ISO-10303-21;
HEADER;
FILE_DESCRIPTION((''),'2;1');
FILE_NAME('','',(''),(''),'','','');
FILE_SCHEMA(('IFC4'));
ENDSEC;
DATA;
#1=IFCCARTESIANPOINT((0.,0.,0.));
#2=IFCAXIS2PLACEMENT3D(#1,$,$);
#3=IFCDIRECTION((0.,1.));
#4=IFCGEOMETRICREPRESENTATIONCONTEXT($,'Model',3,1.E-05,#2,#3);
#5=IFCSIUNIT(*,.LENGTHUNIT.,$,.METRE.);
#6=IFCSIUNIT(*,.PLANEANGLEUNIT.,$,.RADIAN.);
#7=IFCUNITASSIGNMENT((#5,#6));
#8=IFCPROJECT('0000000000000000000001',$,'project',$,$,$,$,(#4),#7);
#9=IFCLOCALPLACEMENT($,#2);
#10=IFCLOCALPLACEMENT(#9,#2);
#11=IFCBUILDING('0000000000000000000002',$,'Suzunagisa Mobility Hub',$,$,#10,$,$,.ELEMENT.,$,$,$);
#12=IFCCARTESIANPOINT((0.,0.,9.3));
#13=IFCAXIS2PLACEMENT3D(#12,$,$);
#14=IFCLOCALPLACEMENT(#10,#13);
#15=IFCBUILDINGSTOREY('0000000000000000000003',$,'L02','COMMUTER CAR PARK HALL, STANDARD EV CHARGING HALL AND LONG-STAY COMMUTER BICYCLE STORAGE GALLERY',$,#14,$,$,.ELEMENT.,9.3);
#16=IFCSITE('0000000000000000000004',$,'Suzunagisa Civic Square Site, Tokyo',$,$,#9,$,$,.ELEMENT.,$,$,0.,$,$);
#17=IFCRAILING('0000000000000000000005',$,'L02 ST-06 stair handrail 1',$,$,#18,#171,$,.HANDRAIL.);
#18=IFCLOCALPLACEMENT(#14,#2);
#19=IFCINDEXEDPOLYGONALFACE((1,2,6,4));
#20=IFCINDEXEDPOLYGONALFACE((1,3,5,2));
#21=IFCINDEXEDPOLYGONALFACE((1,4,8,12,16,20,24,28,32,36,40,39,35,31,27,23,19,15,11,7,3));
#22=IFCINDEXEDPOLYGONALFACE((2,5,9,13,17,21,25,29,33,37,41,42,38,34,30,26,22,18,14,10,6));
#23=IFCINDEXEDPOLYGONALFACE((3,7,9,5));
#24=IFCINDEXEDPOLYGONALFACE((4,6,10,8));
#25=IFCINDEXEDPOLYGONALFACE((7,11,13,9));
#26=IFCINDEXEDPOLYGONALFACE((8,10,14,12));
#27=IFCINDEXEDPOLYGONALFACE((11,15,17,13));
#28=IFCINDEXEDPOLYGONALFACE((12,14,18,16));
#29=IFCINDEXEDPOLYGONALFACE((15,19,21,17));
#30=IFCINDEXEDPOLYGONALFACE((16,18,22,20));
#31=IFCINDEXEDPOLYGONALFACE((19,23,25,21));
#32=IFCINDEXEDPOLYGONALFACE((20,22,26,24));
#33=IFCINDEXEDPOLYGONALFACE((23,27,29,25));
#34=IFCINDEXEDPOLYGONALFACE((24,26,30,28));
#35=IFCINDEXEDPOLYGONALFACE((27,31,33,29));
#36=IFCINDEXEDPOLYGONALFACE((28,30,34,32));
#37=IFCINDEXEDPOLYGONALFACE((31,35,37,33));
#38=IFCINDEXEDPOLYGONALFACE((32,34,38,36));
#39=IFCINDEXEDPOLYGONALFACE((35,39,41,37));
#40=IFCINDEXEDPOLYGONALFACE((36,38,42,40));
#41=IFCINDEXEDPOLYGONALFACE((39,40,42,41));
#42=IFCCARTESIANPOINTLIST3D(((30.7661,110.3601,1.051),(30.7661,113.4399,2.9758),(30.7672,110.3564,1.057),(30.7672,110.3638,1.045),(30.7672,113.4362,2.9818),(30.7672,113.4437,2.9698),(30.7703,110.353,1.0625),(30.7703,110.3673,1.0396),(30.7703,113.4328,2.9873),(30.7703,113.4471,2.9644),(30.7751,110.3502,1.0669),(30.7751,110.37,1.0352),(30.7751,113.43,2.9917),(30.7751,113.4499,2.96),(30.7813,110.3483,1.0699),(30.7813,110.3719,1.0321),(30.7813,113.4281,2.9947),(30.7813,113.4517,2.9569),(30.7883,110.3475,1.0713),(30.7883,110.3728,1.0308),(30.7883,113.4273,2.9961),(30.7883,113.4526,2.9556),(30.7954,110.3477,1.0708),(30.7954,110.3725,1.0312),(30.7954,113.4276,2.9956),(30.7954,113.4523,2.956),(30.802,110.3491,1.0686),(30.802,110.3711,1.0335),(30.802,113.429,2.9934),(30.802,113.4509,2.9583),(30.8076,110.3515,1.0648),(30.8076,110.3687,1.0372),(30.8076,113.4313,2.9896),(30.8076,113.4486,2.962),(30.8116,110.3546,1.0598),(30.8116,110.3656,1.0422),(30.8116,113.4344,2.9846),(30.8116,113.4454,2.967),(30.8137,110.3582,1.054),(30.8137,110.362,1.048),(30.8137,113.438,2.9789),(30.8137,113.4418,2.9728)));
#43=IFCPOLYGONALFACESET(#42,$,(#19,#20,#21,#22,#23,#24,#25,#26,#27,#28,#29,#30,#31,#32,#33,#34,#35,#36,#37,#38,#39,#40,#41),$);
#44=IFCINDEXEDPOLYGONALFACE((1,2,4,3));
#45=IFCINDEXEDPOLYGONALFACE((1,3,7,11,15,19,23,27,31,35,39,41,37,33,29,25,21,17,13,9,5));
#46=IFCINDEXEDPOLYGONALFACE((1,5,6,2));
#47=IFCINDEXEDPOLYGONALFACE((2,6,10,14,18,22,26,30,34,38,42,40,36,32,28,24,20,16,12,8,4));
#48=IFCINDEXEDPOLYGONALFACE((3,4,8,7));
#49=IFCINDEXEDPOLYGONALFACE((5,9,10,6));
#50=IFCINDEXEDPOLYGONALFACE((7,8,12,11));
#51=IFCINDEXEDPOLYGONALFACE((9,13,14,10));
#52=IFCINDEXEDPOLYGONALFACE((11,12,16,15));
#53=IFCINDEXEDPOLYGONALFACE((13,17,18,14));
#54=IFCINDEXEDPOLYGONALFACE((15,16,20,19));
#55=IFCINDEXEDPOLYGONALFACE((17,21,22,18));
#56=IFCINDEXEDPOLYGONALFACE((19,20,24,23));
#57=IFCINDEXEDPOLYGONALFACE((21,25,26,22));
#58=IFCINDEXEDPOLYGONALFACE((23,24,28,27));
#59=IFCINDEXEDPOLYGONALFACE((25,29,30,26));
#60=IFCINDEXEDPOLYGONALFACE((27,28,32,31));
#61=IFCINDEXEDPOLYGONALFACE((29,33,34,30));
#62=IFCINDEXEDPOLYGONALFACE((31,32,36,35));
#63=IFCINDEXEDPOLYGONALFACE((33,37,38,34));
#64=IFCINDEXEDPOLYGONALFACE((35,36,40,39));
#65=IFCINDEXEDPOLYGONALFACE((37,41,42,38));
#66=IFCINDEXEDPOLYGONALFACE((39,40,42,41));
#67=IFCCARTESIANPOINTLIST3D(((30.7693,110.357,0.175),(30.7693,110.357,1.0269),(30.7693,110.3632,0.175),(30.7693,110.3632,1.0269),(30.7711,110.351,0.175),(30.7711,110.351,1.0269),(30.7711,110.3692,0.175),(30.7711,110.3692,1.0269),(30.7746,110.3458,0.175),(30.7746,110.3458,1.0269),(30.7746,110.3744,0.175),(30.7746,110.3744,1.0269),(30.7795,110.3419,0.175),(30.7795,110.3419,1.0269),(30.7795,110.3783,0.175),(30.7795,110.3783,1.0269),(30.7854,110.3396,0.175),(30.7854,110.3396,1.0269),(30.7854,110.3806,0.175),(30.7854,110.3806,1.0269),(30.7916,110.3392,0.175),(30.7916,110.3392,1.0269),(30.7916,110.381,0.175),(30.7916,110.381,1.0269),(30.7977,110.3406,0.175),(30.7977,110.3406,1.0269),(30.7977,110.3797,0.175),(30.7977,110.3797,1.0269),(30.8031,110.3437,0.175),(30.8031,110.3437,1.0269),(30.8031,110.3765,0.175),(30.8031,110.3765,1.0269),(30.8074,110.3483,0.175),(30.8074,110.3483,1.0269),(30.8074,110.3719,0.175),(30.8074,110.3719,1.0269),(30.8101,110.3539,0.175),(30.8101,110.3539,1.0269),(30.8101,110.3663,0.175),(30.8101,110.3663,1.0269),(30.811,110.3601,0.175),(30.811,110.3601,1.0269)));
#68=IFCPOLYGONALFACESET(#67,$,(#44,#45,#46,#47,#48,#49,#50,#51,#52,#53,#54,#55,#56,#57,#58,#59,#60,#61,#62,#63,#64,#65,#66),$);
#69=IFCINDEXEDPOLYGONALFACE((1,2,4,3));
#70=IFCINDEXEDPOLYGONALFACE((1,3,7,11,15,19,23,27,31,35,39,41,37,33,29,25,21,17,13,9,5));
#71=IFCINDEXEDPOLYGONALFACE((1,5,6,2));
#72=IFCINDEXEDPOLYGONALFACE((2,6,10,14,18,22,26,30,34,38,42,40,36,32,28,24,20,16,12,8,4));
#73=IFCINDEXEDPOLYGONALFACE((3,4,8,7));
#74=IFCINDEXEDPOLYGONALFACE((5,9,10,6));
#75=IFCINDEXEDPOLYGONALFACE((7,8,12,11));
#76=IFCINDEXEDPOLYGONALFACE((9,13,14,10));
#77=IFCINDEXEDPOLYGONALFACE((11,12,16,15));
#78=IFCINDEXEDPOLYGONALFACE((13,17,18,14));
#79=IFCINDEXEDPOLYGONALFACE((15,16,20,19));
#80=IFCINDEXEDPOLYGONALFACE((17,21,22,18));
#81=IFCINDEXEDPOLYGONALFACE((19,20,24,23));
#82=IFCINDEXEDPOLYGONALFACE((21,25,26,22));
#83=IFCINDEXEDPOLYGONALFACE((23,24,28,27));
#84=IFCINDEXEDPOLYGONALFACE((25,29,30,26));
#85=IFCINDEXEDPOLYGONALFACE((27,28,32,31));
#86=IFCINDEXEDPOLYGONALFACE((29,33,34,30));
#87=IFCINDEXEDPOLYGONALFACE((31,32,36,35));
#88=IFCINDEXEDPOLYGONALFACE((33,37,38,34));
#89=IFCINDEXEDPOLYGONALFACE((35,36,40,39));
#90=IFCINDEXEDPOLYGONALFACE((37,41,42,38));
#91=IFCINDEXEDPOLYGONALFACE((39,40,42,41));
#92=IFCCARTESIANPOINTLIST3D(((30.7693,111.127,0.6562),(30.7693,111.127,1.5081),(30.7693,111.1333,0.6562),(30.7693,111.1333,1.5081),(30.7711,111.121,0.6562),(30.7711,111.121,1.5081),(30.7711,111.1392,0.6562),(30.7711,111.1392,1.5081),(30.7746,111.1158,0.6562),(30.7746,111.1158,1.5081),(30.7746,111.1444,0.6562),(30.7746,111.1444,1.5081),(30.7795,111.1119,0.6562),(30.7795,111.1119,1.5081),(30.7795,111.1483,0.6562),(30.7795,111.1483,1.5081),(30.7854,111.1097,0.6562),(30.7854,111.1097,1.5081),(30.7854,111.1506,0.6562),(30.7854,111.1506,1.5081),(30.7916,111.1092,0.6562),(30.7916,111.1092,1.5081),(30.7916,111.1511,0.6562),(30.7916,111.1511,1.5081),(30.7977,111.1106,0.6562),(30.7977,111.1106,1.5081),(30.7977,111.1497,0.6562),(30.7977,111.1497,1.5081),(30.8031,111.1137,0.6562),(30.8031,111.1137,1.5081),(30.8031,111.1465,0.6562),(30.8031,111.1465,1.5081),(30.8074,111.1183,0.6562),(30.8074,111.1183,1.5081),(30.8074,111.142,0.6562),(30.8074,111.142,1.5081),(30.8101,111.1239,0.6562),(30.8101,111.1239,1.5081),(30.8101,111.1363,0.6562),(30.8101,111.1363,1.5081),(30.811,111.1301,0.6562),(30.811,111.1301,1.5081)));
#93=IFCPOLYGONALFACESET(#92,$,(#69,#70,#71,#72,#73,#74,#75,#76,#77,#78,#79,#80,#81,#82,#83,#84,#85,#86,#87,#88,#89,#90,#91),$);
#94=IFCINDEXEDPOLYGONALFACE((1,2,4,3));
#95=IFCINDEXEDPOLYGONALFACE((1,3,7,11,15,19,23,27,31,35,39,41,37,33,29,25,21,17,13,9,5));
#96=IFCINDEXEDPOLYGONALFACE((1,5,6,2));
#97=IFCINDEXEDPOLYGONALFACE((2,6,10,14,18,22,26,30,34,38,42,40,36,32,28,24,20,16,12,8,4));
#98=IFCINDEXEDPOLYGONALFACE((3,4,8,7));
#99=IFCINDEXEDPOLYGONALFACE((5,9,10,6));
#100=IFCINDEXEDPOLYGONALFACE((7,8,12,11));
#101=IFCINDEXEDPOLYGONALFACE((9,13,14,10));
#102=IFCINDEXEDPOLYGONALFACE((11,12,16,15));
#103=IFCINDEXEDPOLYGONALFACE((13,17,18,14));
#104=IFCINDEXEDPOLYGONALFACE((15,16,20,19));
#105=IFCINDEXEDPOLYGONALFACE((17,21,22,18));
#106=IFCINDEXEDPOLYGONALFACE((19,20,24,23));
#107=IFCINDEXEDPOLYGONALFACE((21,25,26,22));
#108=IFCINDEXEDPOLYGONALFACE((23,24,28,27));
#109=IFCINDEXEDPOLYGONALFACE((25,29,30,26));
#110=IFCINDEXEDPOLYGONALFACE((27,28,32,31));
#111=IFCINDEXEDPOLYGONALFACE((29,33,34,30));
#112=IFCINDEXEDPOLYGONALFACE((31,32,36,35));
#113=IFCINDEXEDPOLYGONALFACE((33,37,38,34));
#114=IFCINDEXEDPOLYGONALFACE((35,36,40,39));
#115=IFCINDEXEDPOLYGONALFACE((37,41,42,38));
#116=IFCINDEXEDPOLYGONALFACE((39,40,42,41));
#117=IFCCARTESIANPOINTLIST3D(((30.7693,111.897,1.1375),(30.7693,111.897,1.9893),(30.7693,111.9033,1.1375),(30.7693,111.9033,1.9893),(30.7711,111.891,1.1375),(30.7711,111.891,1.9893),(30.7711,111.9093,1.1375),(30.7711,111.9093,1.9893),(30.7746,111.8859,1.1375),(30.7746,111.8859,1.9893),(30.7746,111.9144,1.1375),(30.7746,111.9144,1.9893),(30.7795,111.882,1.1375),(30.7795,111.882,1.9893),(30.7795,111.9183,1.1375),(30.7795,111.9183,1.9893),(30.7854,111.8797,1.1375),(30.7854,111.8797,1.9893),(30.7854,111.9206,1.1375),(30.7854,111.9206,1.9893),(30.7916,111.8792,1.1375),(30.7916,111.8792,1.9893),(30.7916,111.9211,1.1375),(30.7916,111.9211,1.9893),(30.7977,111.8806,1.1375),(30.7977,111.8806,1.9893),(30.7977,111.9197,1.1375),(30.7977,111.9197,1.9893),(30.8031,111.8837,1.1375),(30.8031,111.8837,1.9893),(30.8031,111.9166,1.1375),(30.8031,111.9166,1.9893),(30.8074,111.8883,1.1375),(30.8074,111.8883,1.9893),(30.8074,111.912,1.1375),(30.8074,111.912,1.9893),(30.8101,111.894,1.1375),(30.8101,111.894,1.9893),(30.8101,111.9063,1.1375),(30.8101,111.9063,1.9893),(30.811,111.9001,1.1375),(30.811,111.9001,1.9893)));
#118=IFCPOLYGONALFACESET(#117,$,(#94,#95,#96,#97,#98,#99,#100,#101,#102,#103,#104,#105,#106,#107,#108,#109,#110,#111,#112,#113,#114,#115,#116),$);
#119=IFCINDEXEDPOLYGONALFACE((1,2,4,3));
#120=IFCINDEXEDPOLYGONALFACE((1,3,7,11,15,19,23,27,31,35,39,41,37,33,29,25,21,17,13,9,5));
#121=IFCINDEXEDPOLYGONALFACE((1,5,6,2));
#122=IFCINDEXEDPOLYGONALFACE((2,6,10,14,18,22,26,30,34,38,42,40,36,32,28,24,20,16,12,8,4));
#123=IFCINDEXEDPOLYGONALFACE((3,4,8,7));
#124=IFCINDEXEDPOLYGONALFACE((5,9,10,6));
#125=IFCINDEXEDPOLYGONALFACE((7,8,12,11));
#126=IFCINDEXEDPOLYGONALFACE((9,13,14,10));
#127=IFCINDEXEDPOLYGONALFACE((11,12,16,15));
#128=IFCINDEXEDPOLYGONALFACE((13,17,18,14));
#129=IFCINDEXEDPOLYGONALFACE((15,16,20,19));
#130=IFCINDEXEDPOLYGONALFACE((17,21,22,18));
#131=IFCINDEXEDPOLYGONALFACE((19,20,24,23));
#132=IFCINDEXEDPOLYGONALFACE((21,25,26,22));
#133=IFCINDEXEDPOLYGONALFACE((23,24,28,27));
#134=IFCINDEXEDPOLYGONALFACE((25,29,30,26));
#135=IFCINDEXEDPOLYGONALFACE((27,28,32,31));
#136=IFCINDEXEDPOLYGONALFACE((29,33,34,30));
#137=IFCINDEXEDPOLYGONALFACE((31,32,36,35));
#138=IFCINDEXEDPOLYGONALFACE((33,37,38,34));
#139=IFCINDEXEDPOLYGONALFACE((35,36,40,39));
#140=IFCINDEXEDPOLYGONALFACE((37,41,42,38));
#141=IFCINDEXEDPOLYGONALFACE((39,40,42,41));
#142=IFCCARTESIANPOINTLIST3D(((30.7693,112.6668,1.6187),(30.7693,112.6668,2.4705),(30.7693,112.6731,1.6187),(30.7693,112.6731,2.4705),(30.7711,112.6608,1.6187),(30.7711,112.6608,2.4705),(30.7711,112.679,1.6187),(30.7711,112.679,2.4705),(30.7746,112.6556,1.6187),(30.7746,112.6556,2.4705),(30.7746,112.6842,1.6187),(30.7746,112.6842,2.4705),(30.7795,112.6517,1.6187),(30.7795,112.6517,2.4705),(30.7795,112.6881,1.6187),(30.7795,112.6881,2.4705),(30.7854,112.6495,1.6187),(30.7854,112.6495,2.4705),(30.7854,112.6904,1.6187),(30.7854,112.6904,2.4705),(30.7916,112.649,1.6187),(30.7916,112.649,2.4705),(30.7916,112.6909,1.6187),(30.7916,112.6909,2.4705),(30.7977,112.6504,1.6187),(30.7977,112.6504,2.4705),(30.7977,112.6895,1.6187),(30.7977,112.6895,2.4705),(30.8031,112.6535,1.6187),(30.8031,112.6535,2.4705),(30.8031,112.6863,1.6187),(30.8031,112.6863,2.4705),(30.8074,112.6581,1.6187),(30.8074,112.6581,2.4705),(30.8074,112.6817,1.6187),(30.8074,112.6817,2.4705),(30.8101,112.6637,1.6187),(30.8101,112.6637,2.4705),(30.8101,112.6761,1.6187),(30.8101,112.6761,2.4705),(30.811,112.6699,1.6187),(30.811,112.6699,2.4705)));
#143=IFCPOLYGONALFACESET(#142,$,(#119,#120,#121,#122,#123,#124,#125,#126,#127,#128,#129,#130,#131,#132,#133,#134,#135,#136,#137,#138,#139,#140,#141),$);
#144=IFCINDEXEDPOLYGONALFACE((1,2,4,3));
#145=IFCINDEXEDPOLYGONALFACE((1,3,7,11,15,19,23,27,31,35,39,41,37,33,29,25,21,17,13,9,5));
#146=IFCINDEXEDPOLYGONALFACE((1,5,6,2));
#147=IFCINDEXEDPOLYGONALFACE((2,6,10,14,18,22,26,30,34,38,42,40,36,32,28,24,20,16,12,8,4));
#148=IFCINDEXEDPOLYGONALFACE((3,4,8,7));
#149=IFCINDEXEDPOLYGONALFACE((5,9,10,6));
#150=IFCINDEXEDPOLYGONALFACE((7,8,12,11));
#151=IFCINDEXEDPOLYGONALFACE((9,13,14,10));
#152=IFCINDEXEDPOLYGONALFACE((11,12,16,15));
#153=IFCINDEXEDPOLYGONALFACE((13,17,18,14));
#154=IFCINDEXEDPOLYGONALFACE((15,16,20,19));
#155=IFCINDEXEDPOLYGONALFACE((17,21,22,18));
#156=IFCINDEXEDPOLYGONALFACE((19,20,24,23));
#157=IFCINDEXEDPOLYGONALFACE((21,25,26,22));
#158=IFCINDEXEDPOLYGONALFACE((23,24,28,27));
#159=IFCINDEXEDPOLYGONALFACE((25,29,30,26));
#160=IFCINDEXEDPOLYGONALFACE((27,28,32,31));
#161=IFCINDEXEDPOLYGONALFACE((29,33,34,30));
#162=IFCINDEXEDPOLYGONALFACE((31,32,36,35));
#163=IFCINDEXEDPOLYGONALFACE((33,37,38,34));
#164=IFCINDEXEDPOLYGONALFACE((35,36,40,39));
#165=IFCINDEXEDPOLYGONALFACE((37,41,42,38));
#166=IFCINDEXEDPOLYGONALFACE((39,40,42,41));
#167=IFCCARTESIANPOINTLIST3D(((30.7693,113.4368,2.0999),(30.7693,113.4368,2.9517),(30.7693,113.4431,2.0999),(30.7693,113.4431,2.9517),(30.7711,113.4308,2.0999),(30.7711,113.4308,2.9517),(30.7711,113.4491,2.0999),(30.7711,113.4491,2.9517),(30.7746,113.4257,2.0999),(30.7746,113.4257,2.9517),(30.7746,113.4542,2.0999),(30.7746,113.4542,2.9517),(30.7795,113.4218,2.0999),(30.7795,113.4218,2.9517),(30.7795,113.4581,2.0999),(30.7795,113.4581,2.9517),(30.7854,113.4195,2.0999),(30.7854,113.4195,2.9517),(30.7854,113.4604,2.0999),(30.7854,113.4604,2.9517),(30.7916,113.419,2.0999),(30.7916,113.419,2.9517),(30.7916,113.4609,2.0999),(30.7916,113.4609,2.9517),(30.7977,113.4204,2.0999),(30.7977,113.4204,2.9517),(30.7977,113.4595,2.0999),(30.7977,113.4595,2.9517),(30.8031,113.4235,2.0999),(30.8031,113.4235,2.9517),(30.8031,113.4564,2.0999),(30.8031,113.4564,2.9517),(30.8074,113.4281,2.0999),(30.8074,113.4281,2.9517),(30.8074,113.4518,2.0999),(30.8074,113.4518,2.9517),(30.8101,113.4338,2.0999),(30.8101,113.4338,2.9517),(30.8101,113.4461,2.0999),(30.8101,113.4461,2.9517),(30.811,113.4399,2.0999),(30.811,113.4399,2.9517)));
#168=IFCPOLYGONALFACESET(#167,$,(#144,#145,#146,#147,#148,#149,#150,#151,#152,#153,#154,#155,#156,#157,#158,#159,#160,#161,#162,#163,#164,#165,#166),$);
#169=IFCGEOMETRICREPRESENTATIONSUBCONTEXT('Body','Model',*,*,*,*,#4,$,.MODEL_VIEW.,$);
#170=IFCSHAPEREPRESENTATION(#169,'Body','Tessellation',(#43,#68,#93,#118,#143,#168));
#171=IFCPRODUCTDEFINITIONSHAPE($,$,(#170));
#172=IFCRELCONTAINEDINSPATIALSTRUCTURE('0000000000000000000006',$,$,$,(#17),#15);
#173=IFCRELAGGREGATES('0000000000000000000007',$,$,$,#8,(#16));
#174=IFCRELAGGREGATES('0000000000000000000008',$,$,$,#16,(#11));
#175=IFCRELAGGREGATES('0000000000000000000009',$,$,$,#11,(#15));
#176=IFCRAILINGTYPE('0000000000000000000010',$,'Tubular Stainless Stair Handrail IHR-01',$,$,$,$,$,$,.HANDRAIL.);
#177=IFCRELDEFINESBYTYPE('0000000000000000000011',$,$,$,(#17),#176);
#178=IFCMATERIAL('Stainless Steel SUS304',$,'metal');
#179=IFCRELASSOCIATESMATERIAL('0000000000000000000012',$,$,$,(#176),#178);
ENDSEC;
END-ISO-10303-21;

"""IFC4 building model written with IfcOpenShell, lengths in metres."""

from ifc_helpers import new_model, si_unit, direction, frame, origin, origin_2d, place, context, subcontext, project, spatial, circle, extrude, material, type_object, element, save


model = new_model("IFC4")

# Units and contexts
model_context = context("Model", 3, precision=1e-05, world=origin(), true_north=direction((0.0, 1.0)))
body_context = subcontext(model_context, "Body", "Model", "MODEL_VIEW")
ifc_project = project(units=[si_unit("LENGTHUNIT", "METRE"), si_unit("PLANEANGLEUNIT", "RADIAN")], contexts=[model_context])

# Site, building, storey
site_placement = place(None, origin())
site = spatial("IfcSite", under=ifc_project, at=site_placement, Name="Suzunagisa Civic Square Site, Tokyo", CompositionType="ELEMENT", RefElevation=0.0)
building_placement = place(site_placement, origin())
building = spatial("IfcBuilding", under=site, at=building_placement, Name="Suzunagisa Mobility Hub", CompositionType="ELEMENT")
storey_placement = place(building_placement, frame((0.0, 0.0, 9.3)))
storey = spatial("IfcBuildingStorey", under=building, at=storey_placement, Name="L02", Description="COMMUTER CAR PARK HALL, STANDARD EV CHARGING HALL AND LONG-STAY COMMUTER BICYCLE STORAGE GALLERY", CompositionType="ELEMENT", Elevation=9.3)

# Railing
ifc_material_1 = material(Name="Stainless Steel SUS304", Category="metal")
railing_type_1 = type_object("IfcRailingType", Name="Tubular Stainless Stair Handrail IHR-01", PredefinedType="HANDRAIL", material=ifc_material_1)
railing_1_placement = place(storey_placement, frame((30.79, 110.3601, 0.175)))
element("IfcRailing", 1, at=railing_1_placement, inside=storey, type_object=railing_type_1, Name="L02 ST-06 stair handrail 1", PredefinedType="HANDRAIL", context=body_context, shape_type="SweptSolid", body=[
    extrude(circle(Radius=0.0239, at=origin_2d()), frame((0.0, 0.0, 0.876), z_axis=(0.0, 0.84801, 0.529981), x_axis=(-1.0, 0.0, 0.0)), (0.0, 0.0, 1.0), 3.6318),
    extrude(circle(Radius=0.021, at=origin_2d()), origin(), (0.0, 0.0, 1.0), 0.8518),
    extrude(circle(Radius=0.021, at=origin_2d()), frame((0.0, 0.77, 0.4812)), (0.0, 0.0, 1.0), 0.8518),
    extrude(circle(Radius=0.021, at=origin_2d()), frame((0.0, 1.54, 0.9624)), (0.0, 0.0, 1.0), 0.8518),
    extrude(circle(Radius=0.021, at=origin_2d()), frame((0.0, 2.3098, 1.4436)), (0.0, 0.0, 1.0), 0.8518),
    extrude(circle(Radius=0.021, at=origin_2d()), frame((0.0, 3.0798, 1.9248)), (0.0, 0.0, 1.0), 0.8518),
])

save(model, "model.ifc")
